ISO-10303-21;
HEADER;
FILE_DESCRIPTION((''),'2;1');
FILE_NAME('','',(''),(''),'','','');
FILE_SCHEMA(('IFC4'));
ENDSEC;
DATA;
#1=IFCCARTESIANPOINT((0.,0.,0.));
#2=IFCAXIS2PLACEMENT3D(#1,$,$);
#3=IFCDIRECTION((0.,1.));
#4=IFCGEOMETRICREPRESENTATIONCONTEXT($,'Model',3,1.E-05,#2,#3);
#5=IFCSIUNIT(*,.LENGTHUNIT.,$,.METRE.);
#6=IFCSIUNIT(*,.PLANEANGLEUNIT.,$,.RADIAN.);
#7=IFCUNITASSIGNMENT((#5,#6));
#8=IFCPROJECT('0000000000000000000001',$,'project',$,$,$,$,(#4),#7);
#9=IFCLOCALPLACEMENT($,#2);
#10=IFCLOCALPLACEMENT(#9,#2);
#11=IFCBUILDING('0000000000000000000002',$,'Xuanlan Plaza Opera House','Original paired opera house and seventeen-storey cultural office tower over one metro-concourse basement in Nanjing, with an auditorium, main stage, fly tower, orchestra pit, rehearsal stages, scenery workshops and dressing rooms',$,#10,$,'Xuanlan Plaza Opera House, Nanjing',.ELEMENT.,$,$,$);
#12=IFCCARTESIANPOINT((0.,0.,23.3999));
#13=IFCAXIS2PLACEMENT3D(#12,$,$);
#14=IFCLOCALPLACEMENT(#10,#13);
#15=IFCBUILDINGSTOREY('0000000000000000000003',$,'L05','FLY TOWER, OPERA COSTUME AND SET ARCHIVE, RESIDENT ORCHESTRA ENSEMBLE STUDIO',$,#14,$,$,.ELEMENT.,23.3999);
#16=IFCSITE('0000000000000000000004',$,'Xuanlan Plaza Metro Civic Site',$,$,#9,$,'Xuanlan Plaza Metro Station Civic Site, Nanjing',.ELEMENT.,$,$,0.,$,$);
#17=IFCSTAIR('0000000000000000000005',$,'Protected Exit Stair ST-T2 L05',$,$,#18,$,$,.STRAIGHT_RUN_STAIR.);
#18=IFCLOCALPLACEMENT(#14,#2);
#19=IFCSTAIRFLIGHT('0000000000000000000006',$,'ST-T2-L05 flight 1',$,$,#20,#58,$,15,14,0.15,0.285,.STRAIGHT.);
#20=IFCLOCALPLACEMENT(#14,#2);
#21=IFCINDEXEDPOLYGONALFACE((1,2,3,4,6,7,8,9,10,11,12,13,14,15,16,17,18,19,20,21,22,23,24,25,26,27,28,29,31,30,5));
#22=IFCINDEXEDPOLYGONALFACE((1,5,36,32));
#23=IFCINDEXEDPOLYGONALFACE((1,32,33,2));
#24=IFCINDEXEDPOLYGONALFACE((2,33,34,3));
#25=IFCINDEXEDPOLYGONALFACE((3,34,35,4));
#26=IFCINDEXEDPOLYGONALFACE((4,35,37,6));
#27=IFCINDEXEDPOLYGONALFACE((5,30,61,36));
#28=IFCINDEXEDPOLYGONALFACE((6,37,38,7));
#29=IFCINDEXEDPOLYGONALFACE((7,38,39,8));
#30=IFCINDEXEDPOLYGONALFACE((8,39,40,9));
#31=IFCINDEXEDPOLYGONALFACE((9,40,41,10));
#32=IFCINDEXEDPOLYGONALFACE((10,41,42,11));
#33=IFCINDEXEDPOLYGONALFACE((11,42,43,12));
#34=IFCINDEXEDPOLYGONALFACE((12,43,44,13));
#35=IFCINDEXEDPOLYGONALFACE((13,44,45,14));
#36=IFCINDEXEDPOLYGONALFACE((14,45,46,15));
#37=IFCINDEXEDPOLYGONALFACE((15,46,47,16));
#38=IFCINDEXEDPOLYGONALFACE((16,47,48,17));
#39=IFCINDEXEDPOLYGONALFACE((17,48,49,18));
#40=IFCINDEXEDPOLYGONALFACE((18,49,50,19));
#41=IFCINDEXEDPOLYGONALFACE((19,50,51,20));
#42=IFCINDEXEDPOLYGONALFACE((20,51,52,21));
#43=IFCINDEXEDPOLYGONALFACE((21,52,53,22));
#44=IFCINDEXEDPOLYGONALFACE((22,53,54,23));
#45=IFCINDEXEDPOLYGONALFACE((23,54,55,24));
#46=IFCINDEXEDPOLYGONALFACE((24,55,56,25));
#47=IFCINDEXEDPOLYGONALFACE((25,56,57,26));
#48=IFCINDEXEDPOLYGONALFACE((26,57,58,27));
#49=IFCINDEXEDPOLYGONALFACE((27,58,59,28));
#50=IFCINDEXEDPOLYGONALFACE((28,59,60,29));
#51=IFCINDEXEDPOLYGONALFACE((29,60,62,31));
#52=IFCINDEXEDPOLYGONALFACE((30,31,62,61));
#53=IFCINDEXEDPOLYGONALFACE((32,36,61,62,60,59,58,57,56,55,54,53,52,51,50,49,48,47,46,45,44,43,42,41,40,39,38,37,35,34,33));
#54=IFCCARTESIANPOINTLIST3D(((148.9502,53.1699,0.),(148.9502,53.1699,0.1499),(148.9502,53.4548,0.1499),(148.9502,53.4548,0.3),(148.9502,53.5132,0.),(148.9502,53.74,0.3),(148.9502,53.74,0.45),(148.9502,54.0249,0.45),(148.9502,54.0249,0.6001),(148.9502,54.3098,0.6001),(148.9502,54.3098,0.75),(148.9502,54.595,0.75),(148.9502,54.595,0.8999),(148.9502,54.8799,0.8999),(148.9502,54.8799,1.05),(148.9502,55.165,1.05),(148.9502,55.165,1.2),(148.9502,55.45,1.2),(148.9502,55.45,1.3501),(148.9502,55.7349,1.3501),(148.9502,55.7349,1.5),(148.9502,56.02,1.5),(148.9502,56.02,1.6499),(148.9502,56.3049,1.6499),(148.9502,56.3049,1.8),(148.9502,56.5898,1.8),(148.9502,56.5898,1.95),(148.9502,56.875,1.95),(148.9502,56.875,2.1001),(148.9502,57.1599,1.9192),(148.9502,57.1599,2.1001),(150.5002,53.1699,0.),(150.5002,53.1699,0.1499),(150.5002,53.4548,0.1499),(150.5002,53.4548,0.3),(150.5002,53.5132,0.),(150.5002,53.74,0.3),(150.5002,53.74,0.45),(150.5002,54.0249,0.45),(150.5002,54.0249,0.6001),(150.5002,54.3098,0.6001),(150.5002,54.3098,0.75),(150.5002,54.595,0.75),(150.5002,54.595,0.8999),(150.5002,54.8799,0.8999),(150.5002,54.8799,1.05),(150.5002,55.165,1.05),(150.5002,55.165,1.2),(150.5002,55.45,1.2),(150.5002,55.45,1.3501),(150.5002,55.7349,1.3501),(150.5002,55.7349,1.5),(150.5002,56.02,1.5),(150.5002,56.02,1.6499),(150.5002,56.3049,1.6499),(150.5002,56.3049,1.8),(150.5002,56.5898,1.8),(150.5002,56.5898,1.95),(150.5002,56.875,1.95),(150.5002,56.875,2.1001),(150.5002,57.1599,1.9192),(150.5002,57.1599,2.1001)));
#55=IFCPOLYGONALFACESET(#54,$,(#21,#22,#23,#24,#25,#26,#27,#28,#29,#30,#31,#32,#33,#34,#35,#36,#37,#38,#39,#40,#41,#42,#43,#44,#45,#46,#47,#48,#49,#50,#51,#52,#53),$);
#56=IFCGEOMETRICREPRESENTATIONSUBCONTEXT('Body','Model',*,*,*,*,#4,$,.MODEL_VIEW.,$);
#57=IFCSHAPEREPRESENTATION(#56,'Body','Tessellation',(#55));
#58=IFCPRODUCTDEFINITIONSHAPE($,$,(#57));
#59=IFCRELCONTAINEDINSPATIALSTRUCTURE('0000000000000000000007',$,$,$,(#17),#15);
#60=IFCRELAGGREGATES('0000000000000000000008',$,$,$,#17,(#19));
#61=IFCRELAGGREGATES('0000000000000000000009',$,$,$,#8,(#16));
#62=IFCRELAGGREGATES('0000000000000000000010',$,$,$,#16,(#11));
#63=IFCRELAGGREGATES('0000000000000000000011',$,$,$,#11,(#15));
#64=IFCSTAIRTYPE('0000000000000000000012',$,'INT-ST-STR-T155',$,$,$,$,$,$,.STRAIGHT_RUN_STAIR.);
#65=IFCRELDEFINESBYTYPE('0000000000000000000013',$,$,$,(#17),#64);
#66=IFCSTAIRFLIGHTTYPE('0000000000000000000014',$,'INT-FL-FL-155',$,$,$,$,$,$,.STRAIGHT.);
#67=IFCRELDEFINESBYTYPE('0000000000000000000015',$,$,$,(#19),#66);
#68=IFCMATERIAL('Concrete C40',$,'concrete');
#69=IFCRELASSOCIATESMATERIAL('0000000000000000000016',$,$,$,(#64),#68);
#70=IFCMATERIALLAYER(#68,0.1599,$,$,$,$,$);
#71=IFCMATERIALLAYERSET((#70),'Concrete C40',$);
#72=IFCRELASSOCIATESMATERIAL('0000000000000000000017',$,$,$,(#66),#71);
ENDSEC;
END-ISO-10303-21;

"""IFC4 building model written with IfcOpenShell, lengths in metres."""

from ifc_helpers import new_model, si_unit, direction, frame, origin, place, context, subcontext, project, spatial, polyline, outline, extrude, material, layer, layer_set, type_object, element, aggregate, save


model = new_model("IFC4")

# Units and contexts
model_context = context("Model", 3, precision=1e-05, world=origin(), true_north=direction((0.0, 1.0)))
body_context = subcontext(model_context, "Body", "Model", "MODEL_VIEW")
ifc_project = project(units=[si_unit("LENGTHUNIT", "METRE"), si_unit("PLANEANGLEUNIT", "RADIAN")], contexts=[model_context])

# Site, building, storey
site_placement = place(None, origin())
site = spatial("IfcSite", under=ifc_project, at=site_placement, Name="Xuanlan Plaza Metro Civic Site", LongName="Xuanlan Plaza Metro Station Civic Site, Nanjing", CompositionType="ELEMENT", RefElevation=0.0)
building_placement = place(site_placement, origin())
building = spatial("IfcBuilding", under=site, at=building_placement, Name="Xuanlan Plaza Opera House", Description="Original paired opera house and seventeen-storey cultural office tower over one metro-concourse basement in Nanjing, with an auditorium, main stage, fly tower, orchestra pit, rehearsal stages, scenery workshops and dressing rooms", LongName="Xuanlan Plaza Opera House, Nanjing", CompositionType="ELEMENT")
storey_placement = place(building_placement, frame((0.0, 0.0, 23.3999)))
storey = spatial("IfcBuildingStorey", under=building, at=storey_placement, Name="L05", Description="FLY TOWER, OPERA COSTUME AND SET ARCHIVE, RESIDENT ORCHESTRA ENSEMBLE STUDIO", CompositionType="ELEMENT", Elevation=23.3999)

# Shared definitions
ifc_material_1 = material(Name="Concrete C40", Category="concrete")

# Stair, stair flight
stair_type = type_object("IfcStairType", Name="INT-ST-STR-T155", PredefinedType="STRAIGHT_RUN_STAIR", material=ifc_material_1)
stair_placement = place(storey_placement, origin())
stair = element("IfcStair", 1, at=stair_placement, inside=storey, type_object=stair_type, Name="Protected Exit Stair ST-T2 L05", PredefinedType="STRAIGHT_RUN_STAIR")
ifc_layer_1 = layer(ifc_material_1, 0.1599)
ifc_layer_set_1 = layer_set([ifc_layer_1], Name="Concrete C40")
stair_flight_type = type_object("IfcStairFlightType", Name="INT-FL-FL-155", PredefinedType="STRAIGHT", material=ifc_layer_set_1)
stair_flight_placement = place(storey_placement, frame((149.7251, 53.1699, 0.0), z_axis=(0.0, 0.0, 1.0), x_axis=(0.0, 1.0, 0.0)))
stair_flight = element("IfcStairFlight", 2, at=stair_flight_placement, type_object=stair_flight_type, Name="ST-T2-L05 flight 1", NumberOfRisers=15, NumberOfTreads=14, PredefinedType="STRAIGHT", RiserHeight=0.15, TreadLength=0.285, context=body_context, shape_type="SweptSolid", body=[
    extrude(outline(polyline([(0.0, 0.0), (0.0, 0.1499), (0.2849, 0.1499), (0.2849, 0.3), (0.5701, 0.3), (0.5701, 0.45), (0.855, 0.45), (0.855, 0.6001), (1.1399, 0.6001), (1.1399, 0.75), (1.425, 0.75), (1.425, 0.8999), (1.71, 0.8999), (1.71, 1.05), (1.9951, 1.05), (1.9951, 1.2), (2.28, 1.2), (2.28, 1.3501), (2.5649, 1.3501), (2.5649, 1.5), (2.8501, 1.5), (2.8501, 1.6499), (3.135, 1.6499), (3.135, 1.8), (3.4199, 1.8), (3.4199, 1.95), (3.7051, 1.95), (3.7051, 2.1001), (3.99, 2.1001), (3.99, 2.25), (3.99, 1.9192), (0.3433, 0.0), (0.0, 0.0)])), frame((0.0, 0.7749, 0.0), z_axis=(0.0, -1.0, 0.0), x_axis=(1.0, 0.0, 0.0)), (0.0, 0.0, 1.0), 1.55),
])
aggregate(stair, [stair_flight])

save(model, "model.ifc")
